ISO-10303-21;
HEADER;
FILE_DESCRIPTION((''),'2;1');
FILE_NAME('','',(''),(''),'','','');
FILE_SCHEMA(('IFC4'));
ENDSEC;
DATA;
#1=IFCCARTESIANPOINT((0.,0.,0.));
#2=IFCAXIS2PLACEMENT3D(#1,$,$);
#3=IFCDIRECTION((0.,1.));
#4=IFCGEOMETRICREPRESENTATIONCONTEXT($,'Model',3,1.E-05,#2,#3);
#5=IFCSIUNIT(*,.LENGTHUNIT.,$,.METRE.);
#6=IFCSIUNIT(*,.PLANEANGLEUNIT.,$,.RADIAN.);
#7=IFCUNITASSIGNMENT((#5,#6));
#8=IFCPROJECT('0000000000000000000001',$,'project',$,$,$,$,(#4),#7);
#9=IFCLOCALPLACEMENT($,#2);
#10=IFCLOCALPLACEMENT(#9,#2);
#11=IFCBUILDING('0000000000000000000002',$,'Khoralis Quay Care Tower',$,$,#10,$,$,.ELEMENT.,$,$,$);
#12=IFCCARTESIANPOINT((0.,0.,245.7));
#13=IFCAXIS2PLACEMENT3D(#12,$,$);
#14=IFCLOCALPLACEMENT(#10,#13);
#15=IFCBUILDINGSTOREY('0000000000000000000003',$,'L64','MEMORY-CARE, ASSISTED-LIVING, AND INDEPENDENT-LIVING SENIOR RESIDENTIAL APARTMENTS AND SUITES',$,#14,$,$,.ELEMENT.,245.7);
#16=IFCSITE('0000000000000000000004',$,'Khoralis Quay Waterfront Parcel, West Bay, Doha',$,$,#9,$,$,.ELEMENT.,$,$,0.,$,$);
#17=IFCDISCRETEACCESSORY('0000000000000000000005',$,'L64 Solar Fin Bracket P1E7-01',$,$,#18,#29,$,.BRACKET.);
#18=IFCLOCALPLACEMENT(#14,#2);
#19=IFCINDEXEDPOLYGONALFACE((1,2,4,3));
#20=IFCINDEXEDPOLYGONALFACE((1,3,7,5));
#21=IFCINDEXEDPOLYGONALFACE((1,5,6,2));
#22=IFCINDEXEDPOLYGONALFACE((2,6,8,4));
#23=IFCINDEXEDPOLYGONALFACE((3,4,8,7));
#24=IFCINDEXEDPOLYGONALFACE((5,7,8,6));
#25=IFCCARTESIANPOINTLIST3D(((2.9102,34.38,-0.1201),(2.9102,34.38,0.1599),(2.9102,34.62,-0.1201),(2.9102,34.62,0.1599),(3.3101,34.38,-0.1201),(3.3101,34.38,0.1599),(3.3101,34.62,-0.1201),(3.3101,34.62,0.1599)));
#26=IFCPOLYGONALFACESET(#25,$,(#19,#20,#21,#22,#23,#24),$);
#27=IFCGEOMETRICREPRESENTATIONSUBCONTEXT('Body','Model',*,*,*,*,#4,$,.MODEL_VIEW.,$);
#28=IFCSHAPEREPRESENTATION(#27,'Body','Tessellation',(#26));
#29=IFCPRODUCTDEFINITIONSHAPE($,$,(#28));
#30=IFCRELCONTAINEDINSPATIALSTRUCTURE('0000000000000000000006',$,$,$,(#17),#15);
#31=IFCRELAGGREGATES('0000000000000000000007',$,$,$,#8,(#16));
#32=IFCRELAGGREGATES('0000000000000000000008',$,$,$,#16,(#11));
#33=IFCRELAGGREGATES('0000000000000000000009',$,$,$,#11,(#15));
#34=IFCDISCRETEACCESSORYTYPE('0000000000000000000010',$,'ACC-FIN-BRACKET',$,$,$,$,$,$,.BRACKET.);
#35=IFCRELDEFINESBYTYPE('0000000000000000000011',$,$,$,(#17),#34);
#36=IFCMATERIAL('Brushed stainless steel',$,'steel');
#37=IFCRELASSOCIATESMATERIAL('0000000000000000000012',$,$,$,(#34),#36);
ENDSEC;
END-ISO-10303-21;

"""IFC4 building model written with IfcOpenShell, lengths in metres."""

from ifc_helpers import new_model, si_unit, direction, frame, origin, origin_2d, place, context, subcontext, project, spatial, rectangle, extrude, source, transform, mapped, material, type_object, element, save


model = new_model("IFC4")

# Units and contexts
model_context = context("Model", 3, precision=1e-05, world=origin(), true_north=direction((0.0, 1.0)))
body_context = subcontext(model_context, "Body", "Model", "MODEL_VIEW")
ifc_project = project(units=[si_unit("LENGTHUNIT", "METRE"), si_unit("PLANEANGLEUNIT", "RADIAN")], contexts=[model_context])

# Site, building, storey
site_placement = place(None, origin())
site = spatial("IfcSite", under=ifc_project, at=site_placement, Name="Khoralis Quay Waterfront Parcel, West Bay, Doha", CompositionType="ELEMENT", RefElevation=0.0)
building_placement = place(site_placement, origin())
building = spatial("IfcBuilding", under=site, at=building_placement, Name="Khoralis Quay Care Tower", CompositionType="ELEMENT")
storey_placement = place(building_placement, frame((0.0, 0.0, 245.7)))
storey = spatial("IfcBuildingStorey", under=building, at=storey_placement, Name="L64", Description="MEMORY-CARE, ASSISTED-LIVING, AND INDEPENDENT-LIVING SENIOR RESIDENTIAL APARTMENTS AND SUITES", CompositionType="ELEMENT", Elevation=245.7)

# Discrete accessory
ifc_material_1 = material(Name="Brushed stainless steel", Category="steel")
discrete_accessory_type = type_object("IfcDiscreteAccessoryType", Name="ACC-FIN-BRACKET", PredefinedType="BRACKET", material=ifc_material_1)
shared_shape_1 = source(origin(), body_context, "Body", "SweptSolid", [
    extrude(rectangle(XDim=0.3999, YDim=0.24, at=origin_2d()), origin(), (0.0, 0.0, 1.0), 0.28),
])
discrete_accessory_placement = place(storey_placement, frame((3.1101, 34.5, -0.1201), z_axis=(0.0, 0.0, 1.0), x_axis=(-1.0, 0.0, 0.0)))
element("IfcDiscreteAccessory", 1, at=discrete_accessory_placement, inside=storey, type_object=discrete_accessory_type, Name="L64 Solar Fin Bracket P1E7-01", PredefinedType="BRACKET", context=body_context, shape_type="MappedRepresentation", body=[
    mapped(shared_shape_1, transform((0.0, 0.0, 0.0), scale=1.0)),
])

save(model, "model.ifc")
